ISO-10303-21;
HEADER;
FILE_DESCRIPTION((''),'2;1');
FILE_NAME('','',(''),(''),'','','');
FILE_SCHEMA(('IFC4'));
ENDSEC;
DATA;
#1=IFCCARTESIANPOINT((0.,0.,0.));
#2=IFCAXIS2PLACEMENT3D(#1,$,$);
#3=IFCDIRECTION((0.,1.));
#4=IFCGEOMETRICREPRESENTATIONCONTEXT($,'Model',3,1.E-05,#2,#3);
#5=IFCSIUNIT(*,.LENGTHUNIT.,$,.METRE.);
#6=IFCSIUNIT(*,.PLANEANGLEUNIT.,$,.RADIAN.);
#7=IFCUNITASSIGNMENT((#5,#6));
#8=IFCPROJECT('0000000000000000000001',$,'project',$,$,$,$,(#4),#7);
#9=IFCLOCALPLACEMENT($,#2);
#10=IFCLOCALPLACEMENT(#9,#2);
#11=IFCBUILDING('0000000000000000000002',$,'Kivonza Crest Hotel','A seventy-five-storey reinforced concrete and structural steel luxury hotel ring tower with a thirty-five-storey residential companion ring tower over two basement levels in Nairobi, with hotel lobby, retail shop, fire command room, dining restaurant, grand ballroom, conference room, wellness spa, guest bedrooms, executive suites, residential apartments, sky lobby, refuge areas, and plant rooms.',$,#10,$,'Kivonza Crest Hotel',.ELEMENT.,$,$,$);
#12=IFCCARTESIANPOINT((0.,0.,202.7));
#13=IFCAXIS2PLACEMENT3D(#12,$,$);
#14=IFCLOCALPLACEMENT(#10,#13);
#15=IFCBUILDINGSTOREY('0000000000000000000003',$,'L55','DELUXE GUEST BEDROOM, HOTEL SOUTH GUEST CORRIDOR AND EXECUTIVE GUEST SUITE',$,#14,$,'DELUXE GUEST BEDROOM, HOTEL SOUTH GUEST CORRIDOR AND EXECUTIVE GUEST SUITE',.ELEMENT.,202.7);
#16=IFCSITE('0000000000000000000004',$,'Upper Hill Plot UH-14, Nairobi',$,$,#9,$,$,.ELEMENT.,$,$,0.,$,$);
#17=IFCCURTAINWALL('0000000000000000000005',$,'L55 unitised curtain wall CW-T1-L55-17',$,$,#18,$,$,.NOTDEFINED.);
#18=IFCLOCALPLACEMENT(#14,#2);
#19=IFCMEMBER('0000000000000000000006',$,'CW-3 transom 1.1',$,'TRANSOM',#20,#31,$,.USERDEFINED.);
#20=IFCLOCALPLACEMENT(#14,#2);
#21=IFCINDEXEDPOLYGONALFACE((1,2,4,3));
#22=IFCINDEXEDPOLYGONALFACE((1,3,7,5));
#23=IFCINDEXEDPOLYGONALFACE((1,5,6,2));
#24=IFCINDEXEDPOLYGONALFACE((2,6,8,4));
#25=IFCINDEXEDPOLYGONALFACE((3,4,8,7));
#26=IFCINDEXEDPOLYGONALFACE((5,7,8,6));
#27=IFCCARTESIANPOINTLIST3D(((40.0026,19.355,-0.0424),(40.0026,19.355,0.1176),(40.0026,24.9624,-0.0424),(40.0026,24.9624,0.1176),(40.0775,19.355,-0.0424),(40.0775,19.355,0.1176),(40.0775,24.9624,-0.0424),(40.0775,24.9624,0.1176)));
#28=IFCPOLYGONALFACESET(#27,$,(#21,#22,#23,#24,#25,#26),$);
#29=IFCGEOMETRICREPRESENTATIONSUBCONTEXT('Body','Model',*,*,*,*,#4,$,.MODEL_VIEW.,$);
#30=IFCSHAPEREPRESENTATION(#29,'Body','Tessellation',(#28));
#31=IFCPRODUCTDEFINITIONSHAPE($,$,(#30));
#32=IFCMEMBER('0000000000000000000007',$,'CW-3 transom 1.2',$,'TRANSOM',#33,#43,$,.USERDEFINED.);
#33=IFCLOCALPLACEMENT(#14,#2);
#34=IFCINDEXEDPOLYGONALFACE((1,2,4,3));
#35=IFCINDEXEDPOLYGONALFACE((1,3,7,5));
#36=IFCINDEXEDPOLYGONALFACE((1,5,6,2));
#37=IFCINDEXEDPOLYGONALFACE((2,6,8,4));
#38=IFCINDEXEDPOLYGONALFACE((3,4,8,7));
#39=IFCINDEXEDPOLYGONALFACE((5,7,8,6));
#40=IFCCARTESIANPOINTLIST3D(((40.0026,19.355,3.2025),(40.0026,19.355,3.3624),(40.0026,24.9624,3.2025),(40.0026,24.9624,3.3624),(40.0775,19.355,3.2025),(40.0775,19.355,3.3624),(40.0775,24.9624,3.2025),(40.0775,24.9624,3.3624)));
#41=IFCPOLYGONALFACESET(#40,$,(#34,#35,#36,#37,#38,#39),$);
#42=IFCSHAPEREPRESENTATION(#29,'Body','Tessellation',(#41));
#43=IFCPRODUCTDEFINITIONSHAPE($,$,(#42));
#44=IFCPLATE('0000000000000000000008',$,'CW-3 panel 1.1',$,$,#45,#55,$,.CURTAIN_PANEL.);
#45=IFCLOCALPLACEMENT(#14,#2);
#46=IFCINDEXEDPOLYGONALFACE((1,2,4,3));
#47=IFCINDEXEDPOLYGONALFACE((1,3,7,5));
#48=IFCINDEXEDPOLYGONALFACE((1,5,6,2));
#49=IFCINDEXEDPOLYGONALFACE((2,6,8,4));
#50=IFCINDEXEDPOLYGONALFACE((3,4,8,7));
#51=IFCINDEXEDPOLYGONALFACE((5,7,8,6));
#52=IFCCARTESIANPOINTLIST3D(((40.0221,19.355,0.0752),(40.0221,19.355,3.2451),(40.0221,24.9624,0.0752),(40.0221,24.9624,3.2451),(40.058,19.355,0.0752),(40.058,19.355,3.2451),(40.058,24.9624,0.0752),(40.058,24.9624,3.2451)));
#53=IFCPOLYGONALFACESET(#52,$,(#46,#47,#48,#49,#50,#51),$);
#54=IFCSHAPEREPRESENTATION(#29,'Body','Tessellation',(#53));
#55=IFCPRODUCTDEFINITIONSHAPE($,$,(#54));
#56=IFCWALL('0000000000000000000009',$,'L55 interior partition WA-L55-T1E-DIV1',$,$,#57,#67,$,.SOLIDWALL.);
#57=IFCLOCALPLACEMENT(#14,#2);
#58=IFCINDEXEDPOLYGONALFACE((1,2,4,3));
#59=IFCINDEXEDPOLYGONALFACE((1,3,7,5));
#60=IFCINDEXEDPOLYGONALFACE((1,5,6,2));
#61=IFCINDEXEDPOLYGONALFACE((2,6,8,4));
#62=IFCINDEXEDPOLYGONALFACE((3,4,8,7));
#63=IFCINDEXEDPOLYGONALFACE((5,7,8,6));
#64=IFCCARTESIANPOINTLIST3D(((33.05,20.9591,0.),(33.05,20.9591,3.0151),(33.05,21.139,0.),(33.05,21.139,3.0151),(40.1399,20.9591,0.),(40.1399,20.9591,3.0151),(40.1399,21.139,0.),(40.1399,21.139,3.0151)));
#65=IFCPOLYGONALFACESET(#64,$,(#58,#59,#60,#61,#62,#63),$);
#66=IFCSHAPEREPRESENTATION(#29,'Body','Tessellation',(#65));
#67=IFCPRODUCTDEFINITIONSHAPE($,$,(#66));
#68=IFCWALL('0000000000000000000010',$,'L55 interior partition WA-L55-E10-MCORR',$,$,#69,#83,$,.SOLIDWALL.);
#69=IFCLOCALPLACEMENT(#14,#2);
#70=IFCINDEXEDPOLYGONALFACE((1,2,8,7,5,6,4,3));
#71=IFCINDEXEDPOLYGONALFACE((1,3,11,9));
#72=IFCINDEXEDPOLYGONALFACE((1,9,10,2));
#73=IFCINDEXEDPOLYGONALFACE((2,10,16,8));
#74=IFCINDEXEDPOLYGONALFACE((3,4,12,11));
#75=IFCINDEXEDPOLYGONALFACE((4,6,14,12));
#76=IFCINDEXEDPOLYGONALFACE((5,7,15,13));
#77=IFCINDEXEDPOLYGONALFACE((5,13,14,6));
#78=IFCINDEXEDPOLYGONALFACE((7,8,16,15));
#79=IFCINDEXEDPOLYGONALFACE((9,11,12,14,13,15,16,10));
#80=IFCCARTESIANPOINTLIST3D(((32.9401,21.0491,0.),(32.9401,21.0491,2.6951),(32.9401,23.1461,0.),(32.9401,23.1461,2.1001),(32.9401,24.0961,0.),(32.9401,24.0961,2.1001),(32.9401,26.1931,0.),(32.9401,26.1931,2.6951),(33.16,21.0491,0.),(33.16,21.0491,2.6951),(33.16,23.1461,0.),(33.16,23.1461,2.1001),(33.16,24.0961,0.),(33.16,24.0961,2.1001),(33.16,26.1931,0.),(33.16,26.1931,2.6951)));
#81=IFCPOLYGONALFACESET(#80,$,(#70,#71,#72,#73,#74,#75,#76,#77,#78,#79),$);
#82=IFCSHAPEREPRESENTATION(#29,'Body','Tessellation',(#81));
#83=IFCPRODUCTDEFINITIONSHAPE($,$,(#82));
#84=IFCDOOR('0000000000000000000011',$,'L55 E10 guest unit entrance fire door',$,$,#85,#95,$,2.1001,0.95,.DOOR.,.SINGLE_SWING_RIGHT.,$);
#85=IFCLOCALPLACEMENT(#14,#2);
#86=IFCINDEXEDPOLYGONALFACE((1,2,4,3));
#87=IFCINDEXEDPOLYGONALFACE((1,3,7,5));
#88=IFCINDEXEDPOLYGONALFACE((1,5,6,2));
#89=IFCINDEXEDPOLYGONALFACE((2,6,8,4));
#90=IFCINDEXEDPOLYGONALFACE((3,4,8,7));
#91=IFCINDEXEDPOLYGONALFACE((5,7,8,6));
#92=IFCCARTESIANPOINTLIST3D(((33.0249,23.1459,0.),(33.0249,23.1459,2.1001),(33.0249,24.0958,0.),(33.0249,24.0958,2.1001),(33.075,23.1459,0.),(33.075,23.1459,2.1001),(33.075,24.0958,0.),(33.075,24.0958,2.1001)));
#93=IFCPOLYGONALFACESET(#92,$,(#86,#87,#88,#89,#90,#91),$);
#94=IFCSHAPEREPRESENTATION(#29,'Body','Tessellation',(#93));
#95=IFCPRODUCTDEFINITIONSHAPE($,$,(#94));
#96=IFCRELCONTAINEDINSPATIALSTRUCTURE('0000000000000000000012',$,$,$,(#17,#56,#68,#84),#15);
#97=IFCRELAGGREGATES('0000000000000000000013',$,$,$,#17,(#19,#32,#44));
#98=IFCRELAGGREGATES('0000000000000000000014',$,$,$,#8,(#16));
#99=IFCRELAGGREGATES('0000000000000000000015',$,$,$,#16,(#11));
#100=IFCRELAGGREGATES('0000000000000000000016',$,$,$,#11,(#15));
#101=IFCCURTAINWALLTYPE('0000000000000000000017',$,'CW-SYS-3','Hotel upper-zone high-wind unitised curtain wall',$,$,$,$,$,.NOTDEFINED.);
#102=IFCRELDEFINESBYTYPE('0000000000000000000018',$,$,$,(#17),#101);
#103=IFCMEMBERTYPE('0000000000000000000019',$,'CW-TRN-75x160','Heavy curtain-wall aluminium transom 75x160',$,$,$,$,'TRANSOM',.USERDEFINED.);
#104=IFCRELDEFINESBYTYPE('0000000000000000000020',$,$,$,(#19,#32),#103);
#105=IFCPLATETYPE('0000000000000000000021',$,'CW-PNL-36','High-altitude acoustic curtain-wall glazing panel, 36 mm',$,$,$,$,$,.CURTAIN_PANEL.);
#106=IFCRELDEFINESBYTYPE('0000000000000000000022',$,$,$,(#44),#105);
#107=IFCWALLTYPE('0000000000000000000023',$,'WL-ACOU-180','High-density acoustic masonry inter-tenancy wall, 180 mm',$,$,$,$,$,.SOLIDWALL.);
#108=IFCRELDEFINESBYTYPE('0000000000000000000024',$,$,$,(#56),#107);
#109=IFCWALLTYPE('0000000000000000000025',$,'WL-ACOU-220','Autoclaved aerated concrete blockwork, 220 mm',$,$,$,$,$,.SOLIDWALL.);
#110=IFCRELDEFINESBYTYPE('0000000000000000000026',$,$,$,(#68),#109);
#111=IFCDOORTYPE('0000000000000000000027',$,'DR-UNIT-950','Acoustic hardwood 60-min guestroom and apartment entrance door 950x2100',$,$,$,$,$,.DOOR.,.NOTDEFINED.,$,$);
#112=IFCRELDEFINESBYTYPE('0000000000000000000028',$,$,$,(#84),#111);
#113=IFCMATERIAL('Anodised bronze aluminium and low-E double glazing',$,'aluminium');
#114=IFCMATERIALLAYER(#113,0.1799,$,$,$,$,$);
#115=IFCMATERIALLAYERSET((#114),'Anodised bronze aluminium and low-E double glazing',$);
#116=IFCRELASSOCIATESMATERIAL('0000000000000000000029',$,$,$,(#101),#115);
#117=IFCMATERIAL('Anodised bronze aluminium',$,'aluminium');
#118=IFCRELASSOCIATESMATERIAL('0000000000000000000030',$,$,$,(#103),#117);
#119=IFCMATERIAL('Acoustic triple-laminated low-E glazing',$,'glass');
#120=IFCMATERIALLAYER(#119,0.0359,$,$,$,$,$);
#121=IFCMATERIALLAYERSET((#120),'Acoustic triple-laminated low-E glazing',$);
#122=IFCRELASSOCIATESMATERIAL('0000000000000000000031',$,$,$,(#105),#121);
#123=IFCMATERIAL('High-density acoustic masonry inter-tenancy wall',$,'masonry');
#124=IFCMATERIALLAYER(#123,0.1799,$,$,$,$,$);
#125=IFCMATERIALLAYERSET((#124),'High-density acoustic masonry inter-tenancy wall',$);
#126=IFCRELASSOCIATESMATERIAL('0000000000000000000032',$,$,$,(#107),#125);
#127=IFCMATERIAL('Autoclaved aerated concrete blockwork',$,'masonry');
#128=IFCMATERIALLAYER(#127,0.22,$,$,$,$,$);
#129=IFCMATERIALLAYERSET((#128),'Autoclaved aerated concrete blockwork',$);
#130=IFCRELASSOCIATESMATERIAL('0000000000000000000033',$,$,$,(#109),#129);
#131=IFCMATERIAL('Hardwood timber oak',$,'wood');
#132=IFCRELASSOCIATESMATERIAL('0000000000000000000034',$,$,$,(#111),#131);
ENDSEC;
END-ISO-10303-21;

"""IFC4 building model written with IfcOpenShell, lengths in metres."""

from ifc_helpers import new_model, si_unit, direction, frame, frame_2d, origin, origin_2d, place, context, subcontext, project, spatial, rectangle, extrude, material, layer, layer_set, material_profile, profile_set, type_object, element, fill, aggregate, save


model = new_model("IFC4")

# Units and contexts
model_context = context("Model", 3, precision=1e-05, world=origin(), true_north=direction((0.0, 1.0)))
body_context = subcontext(model_context, "Body", "Model", "MODEL_VIEW")
ifc_project = project(units=[si_unit("LENGTHUNIT", "METRE"), si_unit("PLANEANGLEUNIT", "RADIAN")], contexts=[model_context])

# Site, building, storey
site_placement = place(None, origin())
site = spatial("IfcSite", under=ifc_project, at=site_placement, Name="Upper Hill Plot UH-14, Nairobi", CompositionType="ELEMENT", RefElevation=0.0)
building_placement = place(site_placement, origin())
building = spatial("IfcBuilding", under=site, at=building_placement, Name="Kivonza Crest Hotel", Description="A seventy-five-storey reinforced concrete and structural steel luxury hotel ring tower with a thirty-five-storey residential companion ring tower over two basement levels in Nairobi, with hotel lobby, retail shop, fire command room, dining restaurant, grand ballroom, conference room, wellness spa, guest bedrooms, executive suites, residential apartments, sky lobby, refuge areas, and plant rooms.", LongName="Kivonza Crest Hotel", CompositionType="ELEMENT")
storey_placement = place(building_placement, frame((0.0, 0.0, 202.7)))
storey = spatial("IfcBuildingStorey", under=building, at=storey_placement, Name="L55", Description="DELUXE GUEST BEDROOM, HOTEL SOUTH GUEST CORRIDOR AND EXECUTIVE GUEST SUITE", LongName="DELUXE GUEST BEDROOM, HOTEL SOUTH GUEST CORRIDOR AND EXECUTIVE GUEST SUITE", CompositionType="ELEMENT", Elevation=202.7)

# Curtain wall
ifc_material_1 = material(Name="Anodised bronze aluminium and low-E double glazing", Category="aluminium")
ifc_layer_1 = layer(ifc_material_1, 0.1799)
ifc_layer_set_1 = layer_set([ifc_layer_1], Name="Anodised bronze aluminium and low-E double glazing")
curtain_wall_type_1 = type_object("IfcCurtainWallType", Name="CW-SYS-3", Description="Hotel upper-zone high-wind unitised curtain wall", PredefinedType="NOTDEFINED", material=ifc_layer_set_1)
curtain_wall_1_placement = place(storey_placement, origin())
curtain_wall_1 = element("IfcCurtainWall", 1, at=curtain_wall_1_placement, inside=storey, type_object=curtain_wall_type_1, Name="L55 unitised curtain wall CW-T1-L55-17", PredefinedType="NOTDEFINED")
ifc_material_2 = material(Name="Anodised bronze aluminium", Category="aluminium")

# Members
ifc_material_profile_1 = material_profile(ifc_material_2, rectangle(XDim=0.075, YDim=0.1599, at=origin_2d()), Name="CW-T 75x160")
ifc_profile_set_1 = profile_set([ifc_material_profile_1], Name="Anodised bronze aluminium")
member_type_1 = type_object("IfcMemberType", Name="CW-TRN-75x160", Description="Heavy curtain-wall aluminium transom 75x160", ElementType="TRANSOM", PredefinedType="USERDEFINED", material=ifc_profile_set_1)
member_1_placement = place(storey_placement, frame((40.04, 19.355, 0.0376), z_axis=(0.0, 1.0, 0.0), x_axis=(-1.0, 0.0, 0.0)))
member_1 = element("IfcMember", 2, at=member_1_placement, type_object=member_type_1, Name="CW-3 transom 1.1", ObjectType="TRANSOM", PredefinedType="USERDEFINED", context=body_context, shape_type="SweptSolid", body=[
    extrude(rectangle(XDim=0.075, YDim=0.1599, at=origin_2d()), origin(), (0.0, 0.0, 1.0), 5.6074),
])
member_2_placement = place(storey_placement, frame((40.04, 19.355, 3.2825), z_axis=(0.0, 1.0, 0.0), x_axis=(-1.0, 0.0, 0.0)))
member_2 = element("IfcMember", 3, at=member_2_placement, type_object=member_type_1, Name="CW-3 transom 1.2", ObjectType="TRANSOM", PredefinedType="USERDEFINED", context=body_context, shape_type="SweptSolid", body=[
    extrude(rectangle(XDim=0.075, YDim=0.1599, at=origin_2d()), origin(), (0.0, 0.0, 1.0), 5.6074),
])

# Plate
ifc_material_3 = material(Name="Acoustic triple-laminated low-E glazing", Category="glass")
ifc_layer_2 = layer(ifc_material_3, 0.0359)
ifc_layer_set_2 = layer_set([ifc_layer_2], Name="Acoustic triple-laminated low-E glazing")
plate_type = type_object("IfcPlateType", Name="CW-PNL-36", Description="High-altitude acoustic curtain-wall glazing panel, 36 mm", PredefinedType="CURTAIN_PANEL", material=ifc_layer_set_2)
plate_placement = place(storey_placement, frame((40.04, 22.1587, 0.0752), z_axis=(0.0, 0.0, 1.0), x_axis=(0.0, 1.0, 0.0)))
plate = element("IfcPlate", 4, at=plate_placement, type_object=plate_type, Name="CW-3 panel 1.1", PredefinedType="CURTAIN_PANEL", context=body_context, shape_type="SweptSolid", body=[
    extrude(rectangle(XDim=5.6074, YDim=0.0359, at=origin_2d()), origin(), (0.0, 0.0, 1.0), 3.1699),
])
aggregate(curtain_wall_1, [member_1, member_2, plate])

# Wall
ifc_material_4 = material(Name="High-density acoustic masonry inter-tenancy wall", Category="masonry")
ifc_layer_3 = layer(ifc_material_4, 0.1799)
ifc_layer_set_3 = layer_set([ifc_layer_3], Name="High-density acoustic masonry inter-tenancy wall")
wall_type_1 = type_object("IfcWallType", Name="WL-ACOU-180", Description="High-density acoustic masonry inter-tenancy wall, 180 mm", PredefinedType="SOLIDWALL", material=ifc_layer_set_3)
wall_1_placement = place(storey_placement, frame((33.05, 21.0491, 0.0), z_axis=(0.0, 0.0, 1.0), x_axis=(1.0, 0.0, 0.0)))
element("IfcWall", 5, at=wall_1_placement, inside=storey, type_object=wall_type_1, Name="L55 interior partition WA-L55-T1E-DIV1", PredefinedType="SOLIDWALL", context=body_context, shape_type="SweptSolid", body=[
    extrude(rectangle(XDim=7.0898, YDim=0.1799, at=frame_2d((3.5449, 0.0))), origin(), (0.0, 0.0, 1.0), 3.0151),
])

# Wall, opening, door
ifc_material_5 = material(Name="Autoclaved aerated concrete blockwork", Category="masonry")
ifc_layer_4 = layer(ifc_material_5, 0.22)
ifc_layer_set_4 = layer_set([ifc_layer_4], Name="Autoclaved aerated concrete blockwork")
wall_type_2 = type_object("IfcWallType", Name="WL-ACOU-220", Description="Autoclaved aerated concrete blockwork, 220 mm", PredefinedType="SOLIDWALL", material=ifc_layer_set_4)
wall_2_placement = place(storey_placement, frame((33.05, 21.0491, 0.0), z_axis=(0.0, 0.0, 1.0), x_axis=(0.0, 1.0, 0.0)))
wall_2 = element("IfcWall", 6, at=wall_2_placement, inside=storey, type_object=wall_type_2, Name="L55 interior partition WA-L55-E10-MCORR", PredefinedType="SOLIDWALL", context=body_context, shape_type="SweptSolid", body=[
    extrude(rectangle(XDim=5.144, YDim=0.22, at=frame_2d((2.572, 0.0))), origin(), (0.0, 0.0, 1.0), 2.6951),
])
opening_placement = place(wall_2_placement, frame((2.0969, 0.0, 0.0)))
opening = element("IfcOpeningElement", 7, at=opening_placement, cuts=wall_2, PredefinedType="OPENING", context=body_context, shape_type="SweptSolid", body=[
    extrude(rectangle(XDim=0.95, YDim=2.1001, at=frame_2d((0.4751, 1.05))), frame((0.0, 0.1201, 0.0), z_axis=(0.0, -1.0, 0.0), x_axis=(1.0, 0.0, 0.0)), (0.0, 0.0, 1.0), 0.24),
])
ifc_material_6 = material(Name="Hardwood timber oak", Category="wood")
door_type = type_object("IfcDoorType", Name="DR-UNIT-950", Description="Acoustic hardwood 60-min guestroom and apartment entrance door 950x2100", OperationType="NOTDEFINED", PredefinedType="DOOR", material=ifc_material_6)
door_placement = place(opening_placement, frame((0.95, 0.0, 0.0), z_axis=(0.0, 0.0, 1.0), x_axis=(-1.0, 0.0, 0.0)))
door = element("IfcDoor", 8, at=door_placement, inside=storey, type_object=door_type, Name="L55 E10 guest unit entrance fire door", OperationType="SINGLE_SWING_RIGHT", OverallHeight=2.1001, OverallWidth=0.95, PredefinedType="DOOR", context=body_context, shape_type="SweptSolid", body=[
    extrude(rectangle(XDim=0.95, YDim=2.1001, at=frame_2d((0.4751, 1.05))), frame((0.0, 0.0249, 0.0), z_axis=(0.0, -1.0, 0.0), x_axis=(1.0, 0.0, 0.0)), (0.0, 0.0, 1.0), 0.05),
])
fill(opening, door)

save(model, "model.ifc")
